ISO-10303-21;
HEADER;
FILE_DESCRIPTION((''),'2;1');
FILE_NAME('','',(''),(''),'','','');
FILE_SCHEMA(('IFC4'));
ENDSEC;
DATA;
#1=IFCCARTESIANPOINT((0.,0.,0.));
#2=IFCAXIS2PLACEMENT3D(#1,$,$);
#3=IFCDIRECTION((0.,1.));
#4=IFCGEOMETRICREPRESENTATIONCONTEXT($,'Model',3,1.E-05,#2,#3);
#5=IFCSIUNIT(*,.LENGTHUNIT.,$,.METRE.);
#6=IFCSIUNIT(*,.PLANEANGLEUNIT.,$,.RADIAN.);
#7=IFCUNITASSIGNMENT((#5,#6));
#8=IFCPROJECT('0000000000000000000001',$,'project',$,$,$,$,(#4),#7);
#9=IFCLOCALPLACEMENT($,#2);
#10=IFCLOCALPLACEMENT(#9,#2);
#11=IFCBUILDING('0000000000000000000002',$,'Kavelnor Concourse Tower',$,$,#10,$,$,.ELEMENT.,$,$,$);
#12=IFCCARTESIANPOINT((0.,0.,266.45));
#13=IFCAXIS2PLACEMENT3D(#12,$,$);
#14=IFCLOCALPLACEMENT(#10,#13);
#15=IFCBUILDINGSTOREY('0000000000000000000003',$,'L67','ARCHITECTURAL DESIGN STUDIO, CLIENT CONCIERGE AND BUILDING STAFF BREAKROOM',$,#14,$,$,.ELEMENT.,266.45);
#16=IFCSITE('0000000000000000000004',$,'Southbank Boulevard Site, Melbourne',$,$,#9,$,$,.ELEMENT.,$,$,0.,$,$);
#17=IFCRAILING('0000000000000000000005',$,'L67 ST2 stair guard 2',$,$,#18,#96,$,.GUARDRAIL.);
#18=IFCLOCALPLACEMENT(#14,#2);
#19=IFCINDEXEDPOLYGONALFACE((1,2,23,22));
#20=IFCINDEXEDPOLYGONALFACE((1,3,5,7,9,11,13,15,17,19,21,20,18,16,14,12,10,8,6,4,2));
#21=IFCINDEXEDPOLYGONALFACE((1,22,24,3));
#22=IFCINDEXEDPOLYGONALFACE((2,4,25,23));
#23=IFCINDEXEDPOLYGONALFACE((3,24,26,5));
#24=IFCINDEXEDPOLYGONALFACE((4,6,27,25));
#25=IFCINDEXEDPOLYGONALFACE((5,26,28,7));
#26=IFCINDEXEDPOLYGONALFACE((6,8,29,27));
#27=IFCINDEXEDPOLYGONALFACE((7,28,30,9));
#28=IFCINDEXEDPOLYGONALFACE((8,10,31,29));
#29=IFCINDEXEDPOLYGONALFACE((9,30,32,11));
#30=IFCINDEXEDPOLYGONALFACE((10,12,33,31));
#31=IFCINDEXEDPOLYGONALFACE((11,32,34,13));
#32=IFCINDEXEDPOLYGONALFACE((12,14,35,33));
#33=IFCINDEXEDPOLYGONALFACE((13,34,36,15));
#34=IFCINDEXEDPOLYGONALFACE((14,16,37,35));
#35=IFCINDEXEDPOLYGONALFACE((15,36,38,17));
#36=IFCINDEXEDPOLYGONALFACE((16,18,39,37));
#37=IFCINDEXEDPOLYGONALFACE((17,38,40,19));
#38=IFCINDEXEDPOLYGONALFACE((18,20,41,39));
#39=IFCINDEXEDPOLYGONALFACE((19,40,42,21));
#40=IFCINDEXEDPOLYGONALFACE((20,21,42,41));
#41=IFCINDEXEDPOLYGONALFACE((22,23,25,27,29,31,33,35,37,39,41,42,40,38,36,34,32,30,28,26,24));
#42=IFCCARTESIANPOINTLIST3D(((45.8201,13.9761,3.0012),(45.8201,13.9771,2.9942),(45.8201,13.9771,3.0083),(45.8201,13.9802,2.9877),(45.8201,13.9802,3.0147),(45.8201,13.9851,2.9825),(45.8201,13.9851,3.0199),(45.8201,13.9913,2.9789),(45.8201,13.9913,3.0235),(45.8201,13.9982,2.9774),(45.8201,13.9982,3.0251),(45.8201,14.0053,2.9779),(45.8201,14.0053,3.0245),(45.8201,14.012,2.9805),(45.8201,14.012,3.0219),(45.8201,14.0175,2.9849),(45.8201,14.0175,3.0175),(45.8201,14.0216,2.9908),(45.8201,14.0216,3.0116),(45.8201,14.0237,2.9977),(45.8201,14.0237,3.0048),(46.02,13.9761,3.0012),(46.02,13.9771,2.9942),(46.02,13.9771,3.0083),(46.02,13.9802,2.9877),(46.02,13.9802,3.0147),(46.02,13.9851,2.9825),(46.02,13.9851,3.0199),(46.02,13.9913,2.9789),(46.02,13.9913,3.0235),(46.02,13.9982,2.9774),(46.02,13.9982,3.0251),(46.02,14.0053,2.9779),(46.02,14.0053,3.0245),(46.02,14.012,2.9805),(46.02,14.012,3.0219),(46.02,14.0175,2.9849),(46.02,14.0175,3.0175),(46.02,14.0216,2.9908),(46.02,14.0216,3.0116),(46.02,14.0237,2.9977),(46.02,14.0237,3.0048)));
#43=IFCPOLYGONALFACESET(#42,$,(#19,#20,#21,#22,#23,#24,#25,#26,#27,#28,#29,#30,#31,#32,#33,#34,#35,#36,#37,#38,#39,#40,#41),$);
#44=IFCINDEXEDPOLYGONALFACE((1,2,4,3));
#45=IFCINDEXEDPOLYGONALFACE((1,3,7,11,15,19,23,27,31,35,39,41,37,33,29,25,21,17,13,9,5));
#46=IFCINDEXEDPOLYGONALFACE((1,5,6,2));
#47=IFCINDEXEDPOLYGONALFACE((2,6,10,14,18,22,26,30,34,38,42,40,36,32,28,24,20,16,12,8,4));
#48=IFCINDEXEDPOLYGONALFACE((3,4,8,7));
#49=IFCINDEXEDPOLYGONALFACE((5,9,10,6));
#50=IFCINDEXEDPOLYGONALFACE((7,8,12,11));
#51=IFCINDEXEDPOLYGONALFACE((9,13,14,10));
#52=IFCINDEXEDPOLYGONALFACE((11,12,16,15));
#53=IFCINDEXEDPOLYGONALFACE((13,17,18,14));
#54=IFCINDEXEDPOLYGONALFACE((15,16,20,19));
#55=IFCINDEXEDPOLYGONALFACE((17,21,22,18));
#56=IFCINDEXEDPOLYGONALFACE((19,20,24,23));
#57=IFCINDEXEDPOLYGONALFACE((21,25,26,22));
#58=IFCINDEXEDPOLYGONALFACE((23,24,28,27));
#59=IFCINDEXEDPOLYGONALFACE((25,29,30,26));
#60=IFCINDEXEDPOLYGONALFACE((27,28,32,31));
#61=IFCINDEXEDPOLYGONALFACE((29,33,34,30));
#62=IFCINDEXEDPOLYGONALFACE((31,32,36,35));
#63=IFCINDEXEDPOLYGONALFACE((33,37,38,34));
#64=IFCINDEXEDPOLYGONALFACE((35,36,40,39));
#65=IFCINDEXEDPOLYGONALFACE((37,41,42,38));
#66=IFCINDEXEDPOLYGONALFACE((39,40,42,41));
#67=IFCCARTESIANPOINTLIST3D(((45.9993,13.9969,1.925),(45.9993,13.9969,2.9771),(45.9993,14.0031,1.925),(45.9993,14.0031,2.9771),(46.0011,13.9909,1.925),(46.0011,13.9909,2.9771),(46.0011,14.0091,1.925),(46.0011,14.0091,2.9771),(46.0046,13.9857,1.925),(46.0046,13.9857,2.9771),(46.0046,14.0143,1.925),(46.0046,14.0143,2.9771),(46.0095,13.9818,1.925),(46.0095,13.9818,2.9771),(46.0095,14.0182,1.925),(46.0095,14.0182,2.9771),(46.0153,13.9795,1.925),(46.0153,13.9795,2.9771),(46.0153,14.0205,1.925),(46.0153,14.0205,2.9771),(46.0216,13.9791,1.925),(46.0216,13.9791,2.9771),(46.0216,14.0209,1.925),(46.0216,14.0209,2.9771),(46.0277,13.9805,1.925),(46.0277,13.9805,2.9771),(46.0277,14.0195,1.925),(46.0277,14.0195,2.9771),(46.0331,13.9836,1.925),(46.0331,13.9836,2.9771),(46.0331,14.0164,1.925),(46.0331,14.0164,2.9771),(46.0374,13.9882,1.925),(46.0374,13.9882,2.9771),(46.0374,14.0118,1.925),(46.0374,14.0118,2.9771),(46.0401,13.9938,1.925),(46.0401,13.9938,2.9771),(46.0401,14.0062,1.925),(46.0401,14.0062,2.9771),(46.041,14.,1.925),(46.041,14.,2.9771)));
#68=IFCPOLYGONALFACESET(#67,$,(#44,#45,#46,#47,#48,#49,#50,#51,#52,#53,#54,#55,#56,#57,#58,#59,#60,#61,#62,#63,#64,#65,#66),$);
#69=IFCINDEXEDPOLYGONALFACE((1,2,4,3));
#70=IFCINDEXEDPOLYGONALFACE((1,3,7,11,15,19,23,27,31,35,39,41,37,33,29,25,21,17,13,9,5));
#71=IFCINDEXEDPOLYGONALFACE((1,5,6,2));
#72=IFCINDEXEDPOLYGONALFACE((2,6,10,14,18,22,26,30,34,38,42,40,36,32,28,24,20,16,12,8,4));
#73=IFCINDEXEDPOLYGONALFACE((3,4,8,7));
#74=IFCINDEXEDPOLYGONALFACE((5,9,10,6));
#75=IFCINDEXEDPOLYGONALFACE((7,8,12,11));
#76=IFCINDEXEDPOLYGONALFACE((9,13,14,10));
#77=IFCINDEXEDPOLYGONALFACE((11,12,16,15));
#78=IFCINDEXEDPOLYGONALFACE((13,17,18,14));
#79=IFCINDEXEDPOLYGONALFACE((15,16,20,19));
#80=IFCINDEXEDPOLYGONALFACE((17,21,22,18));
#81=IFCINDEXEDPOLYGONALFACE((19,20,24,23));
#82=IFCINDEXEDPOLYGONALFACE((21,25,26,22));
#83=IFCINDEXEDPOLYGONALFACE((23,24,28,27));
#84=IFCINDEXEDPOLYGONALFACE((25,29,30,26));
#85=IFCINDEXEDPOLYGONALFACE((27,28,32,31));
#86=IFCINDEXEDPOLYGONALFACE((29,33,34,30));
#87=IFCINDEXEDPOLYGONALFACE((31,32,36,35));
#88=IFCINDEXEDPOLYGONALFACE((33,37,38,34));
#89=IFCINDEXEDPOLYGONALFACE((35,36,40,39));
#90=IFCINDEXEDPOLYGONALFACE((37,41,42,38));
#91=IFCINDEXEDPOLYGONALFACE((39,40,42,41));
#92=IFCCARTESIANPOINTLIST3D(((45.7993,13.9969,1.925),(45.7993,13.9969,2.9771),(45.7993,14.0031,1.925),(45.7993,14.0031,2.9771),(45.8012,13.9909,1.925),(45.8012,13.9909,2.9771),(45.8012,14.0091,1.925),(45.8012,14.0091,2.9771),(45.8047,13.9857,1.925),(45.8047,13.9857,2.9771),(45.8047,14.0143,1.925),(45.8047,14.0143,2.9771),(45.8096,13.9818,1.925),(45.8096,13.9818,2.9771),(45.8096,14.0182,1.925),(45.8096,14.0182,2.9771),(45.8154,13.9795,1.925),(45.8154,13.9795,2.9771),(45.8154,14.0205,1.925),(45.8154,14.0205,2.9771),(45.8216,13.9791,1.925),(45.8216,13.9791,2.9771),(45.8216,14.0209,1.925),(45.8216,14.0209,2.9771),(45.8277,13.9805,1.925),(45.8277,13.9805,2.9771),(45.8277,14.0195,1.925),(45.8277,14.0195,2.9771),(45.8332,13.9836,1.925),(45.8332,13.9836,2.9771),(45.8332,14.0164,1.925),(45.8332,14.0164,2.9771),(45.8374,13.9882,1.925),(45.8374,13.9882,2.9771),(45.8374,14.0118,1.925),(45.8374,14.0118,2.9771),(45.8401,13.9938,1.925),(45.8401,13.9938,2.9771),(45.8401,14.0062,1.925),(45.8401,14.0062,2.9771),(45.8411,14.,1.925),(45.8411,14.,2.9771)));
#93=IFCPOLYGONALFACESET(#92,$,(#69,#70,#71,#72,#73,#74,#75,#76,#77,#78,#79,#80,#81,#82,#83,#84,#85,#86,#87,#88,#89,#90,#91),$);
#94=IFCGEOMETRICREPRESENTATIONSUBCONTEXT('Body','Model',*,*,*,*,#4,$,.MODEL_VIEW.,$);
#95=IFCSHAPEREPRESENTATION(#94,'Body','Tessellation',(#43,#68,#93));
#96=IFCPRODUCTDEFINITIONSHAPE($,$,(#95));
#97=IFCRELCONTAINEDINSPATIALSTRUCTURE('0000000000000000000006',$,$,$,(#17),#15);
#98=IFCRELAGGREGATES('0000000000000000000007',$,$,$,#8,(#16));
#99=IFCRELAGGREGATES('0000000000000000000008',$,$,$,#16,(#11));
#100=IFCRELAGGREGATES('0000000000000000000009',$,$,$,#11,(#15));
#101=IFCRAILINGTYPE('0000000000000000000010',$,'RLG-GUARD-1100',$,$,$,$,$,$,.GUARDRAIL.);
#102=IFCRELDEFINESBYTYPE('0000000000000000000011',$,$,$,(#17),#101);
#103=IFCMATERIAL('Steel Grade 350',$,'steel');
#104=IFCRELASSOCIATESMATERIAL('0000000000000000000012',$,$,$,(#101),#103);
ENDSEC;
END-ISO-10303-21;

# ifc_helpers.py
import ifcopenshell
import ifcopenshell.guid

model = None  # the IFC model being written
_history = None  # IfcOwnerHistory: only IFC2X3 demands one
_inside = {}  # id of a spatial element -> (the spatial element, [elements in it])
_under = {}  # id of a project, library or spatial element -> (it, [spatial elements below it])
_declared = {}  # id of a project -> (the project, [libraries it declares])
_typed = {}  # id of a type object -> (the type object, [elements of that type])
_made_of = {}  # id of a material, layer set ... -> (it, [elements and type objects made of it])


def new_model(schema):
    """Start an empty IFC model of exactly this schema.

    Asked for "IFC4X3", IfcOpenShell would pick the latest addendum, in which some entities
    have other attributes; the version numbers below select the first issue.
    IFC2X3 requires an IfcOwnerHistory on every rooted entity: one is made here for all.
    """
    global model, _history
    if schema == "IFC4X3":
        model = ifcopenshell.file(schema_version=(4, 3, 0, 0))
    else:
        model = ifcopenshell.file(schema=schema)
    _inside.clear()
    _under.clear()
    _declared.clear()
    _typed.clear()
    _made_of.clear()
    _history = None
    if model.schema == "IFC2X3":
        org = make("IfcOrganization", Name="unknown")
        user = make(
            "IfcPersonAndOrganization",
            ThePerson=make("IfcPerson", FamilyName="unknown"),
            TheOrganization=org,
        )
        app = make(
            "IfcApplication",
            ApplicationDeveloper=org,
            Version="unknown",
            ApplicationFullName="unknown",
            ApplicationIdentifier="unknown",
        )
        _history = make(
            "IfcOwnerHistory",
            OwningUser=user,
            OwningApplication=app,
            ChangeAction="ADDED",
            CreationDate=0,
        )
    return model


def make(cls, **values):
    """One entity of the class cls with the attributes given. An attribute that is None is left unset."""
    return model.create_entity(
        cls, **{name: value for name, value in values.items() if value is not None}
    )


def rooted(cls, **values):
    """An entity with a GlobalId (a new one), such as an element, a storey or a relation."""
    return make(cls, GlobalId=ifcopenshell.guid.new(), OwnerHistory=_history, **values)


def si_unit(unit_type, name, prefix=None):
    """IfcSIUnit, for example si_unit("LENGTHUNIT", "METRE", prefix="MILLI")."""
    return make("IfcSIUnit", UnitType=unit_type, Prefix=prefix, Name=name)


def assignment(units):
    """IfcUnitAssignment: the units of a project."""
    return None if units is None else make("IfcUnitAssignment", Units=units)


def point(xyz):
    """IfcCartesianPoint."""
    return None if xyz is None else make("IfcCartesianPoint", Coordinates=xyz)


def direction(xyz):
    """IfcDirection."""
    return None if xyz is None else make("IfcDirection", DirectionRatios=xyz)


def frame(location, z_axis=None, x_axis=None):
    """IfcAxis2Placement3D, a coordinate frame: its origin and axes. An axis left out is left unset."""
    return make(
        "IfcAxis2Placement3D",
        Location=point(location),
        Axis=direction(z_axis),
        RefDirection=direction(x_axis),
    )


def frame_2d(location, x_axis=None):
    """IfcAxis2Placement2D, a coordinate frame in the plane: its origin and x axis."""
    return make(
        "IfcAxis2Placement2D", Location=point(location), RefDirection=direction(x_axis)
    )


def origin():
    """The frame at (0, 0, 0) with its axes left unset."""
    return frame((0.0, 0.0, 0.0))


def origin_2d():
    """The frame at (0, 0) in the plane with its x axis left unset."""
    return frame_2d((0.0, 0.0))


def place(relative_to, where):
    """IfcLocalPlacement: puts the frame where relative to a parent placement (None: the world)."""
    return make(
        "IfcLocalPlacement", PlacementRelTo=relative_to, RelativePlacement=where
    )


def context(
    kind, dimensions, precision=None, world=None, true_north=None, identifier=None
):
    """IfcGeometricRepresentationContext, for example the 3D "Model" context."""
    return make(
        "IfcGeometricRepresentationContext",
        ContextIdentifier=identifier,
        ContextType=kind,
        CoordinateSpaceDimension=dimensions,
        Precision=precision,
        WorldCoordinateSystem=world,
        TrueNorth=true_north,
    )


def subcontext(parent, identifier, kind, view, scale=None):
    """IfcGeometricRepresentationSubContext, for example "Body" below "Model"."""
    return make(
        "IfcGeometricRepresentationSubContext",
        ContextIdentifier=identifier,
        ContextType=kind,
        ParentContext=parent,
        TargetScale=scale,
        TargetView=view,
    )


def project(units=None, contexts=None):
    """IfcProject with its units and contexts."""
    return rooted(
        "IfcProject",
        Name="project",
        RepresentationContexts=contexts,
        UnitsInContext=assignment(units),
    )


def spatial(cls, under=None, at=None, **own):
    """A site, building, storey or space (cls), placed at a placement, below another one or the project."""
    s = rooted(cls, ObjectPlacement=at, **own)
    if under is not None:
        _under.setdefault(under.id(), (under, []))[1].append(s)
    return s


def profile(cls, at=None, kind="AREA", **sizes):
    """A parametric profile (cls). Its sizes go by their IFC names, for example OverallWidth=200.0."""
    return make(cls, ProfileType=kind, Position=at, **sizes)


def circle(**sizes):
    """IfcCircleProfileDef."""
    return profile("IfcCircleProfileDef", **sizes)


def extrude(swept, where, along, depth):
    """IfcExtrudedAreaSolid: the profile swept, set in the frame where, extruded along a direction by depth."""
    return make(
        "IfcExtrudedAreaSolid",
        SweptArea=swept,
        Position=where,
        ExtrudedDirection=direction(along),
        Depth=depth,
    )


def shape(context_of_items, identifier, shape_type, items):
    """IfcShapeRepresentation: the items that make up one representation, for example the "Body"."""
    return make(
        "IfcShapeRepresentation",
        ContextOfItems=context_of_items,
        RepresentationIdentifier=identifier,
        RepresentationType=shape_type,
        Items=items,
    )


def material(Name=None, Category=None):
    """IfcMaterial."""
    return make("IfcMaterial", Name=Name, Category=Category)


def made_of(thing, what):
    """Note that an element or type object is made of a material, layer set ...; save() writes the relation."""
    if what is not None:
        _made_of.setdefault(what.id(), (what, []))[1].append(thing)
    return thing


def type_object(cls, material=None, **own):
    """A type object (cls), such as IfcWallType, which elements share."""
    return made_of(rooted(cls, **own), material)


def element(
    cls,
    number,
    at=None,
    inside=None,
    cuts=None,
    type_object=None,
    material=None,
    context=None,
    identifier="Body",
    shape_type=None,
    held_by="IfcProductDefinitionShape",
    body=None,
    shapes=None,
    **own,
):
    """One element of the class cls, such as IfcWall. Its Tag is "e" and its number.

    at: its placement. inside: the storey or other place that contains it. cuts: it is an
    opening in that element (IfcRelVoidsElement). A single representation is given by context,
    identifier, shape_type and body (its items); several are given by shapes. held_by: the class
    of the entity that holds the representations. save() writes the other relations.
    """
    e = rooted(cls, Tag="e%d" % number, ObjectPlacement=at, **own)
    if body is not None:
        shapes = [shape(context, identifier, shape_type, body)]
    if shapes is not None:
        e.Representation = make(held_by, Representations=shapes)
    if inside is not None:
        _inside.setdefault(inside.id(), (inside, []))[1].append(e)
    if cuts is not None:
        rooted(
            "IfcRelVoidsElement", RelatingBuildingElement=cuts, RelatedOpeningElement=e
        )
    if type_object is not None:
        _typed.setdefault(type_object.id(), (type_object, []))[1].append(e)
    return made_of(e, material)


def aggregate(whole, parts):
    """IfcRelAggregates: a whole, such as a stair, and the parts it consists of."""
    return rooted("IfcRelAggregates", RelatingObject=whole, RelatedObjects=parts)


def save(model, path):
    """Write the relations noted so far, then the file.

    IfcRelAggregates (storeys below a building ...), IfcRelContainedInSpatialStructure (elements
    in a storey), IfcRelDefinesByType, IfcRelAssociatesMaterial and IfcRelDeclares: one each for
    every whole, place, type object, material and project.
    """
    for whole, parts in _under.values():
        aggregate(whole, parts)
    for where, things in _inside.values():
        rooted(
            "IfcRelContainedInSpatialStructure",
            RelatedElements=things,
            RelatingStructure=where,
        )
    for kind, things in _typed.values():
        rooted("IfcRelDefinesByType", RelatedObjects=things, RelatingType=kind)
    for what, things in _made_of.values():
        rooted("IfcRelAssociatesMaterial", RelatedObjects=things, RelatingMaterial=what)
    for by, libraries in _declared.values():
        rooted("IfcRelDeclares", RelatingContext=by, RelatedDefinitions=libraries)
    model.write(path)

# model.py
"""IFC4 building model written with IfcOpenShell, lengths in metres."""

from ifc_helpers import new_model, si_unit, direction, frame, origin, origin_2d, place, context, subcontext, project, spatial, circle, extrude, material, type_object, element, save


model = new_model("IFC4")

# Units and contexts
model_context = context("Model", 3, precision=1e-05, world=origin(), true_north=direction((0.0, 1.0)))
body_context = subcontext(model_context, "Body", "Model", "MODEL_VIEW")
ifc_project = project(units=[si_unit("LENGTHUNIT", "METRE"), si_unit("PLANEANGLEUNIT", "RADIAN")], contexts=[model_context])

# Site, building, storey
site_placement = place(None, origin())
site = spatial("IfcSite", under=ifc_project, at=site_placement, Name="Southbank Boulevard Site, Melbourne", CompositionType="ELEMENT", RefElevation=0.0)
building_placement = place(site_placement, origin())
building = spatial("IfcBuilding", under=site, at=building_placement, Name="Kavelnor Concourse Tower", CompositionType="ELEMENT")
storey_placement = place(building_placement, frame((0.0, 0.0, 266.45)))
storey = spatial("IfcBuildingStorey", under=building, at=storey_placement, Name="L67", Description="ARCHITECTURAL DESIGN STUDIO, CLIENT CONCIERGE AND BUILDING STAFF BREAKROOM", CompositionType="ELEMENT", Elevation=266.45)

# Shared definitions
ifc_material_1 = material(Name="Steel Grade 350", Category="steel")

# Railing
railing_type_1 = type_object("IfcRailingType", Name="RLG-GUARD-1100", PredefinedType="GUARDRAIL", material=ifc_material_1)
railing_1_placement = place(storey_placement, frame((46.02, 14.0, 1.925)))
element("IfcRailing", 1, at=railing_1_placement, inside=storey, type_object=railing_type_1, Name="L67 ST2 stair guard 2", PredefinedType="GUARDRAIL", context=body_context, shape_type="SweptSolid", body=[
    extrude(circle(Radius=0.0239, at=origin_2d()), frame((0.0, 0.0, 1.0762), z_axis=(-1.0, 0.0, 0.0), x_axis=(0.0, -1.0, 0.0)), (0.0, 0.0, 1.0), 0.2),
    extrude(circle(Radius=0.021, at=origin_2d()), origin(), (0.0, 0.0, 1.0), 1.052),
    extrude(circle(Radius=0.021, at=origin_2d()), frame((-0.2, 0.0, 0.0)), (0.0, 0.0, 1.0), 1.052),
])

save(model, "model.ifc")
